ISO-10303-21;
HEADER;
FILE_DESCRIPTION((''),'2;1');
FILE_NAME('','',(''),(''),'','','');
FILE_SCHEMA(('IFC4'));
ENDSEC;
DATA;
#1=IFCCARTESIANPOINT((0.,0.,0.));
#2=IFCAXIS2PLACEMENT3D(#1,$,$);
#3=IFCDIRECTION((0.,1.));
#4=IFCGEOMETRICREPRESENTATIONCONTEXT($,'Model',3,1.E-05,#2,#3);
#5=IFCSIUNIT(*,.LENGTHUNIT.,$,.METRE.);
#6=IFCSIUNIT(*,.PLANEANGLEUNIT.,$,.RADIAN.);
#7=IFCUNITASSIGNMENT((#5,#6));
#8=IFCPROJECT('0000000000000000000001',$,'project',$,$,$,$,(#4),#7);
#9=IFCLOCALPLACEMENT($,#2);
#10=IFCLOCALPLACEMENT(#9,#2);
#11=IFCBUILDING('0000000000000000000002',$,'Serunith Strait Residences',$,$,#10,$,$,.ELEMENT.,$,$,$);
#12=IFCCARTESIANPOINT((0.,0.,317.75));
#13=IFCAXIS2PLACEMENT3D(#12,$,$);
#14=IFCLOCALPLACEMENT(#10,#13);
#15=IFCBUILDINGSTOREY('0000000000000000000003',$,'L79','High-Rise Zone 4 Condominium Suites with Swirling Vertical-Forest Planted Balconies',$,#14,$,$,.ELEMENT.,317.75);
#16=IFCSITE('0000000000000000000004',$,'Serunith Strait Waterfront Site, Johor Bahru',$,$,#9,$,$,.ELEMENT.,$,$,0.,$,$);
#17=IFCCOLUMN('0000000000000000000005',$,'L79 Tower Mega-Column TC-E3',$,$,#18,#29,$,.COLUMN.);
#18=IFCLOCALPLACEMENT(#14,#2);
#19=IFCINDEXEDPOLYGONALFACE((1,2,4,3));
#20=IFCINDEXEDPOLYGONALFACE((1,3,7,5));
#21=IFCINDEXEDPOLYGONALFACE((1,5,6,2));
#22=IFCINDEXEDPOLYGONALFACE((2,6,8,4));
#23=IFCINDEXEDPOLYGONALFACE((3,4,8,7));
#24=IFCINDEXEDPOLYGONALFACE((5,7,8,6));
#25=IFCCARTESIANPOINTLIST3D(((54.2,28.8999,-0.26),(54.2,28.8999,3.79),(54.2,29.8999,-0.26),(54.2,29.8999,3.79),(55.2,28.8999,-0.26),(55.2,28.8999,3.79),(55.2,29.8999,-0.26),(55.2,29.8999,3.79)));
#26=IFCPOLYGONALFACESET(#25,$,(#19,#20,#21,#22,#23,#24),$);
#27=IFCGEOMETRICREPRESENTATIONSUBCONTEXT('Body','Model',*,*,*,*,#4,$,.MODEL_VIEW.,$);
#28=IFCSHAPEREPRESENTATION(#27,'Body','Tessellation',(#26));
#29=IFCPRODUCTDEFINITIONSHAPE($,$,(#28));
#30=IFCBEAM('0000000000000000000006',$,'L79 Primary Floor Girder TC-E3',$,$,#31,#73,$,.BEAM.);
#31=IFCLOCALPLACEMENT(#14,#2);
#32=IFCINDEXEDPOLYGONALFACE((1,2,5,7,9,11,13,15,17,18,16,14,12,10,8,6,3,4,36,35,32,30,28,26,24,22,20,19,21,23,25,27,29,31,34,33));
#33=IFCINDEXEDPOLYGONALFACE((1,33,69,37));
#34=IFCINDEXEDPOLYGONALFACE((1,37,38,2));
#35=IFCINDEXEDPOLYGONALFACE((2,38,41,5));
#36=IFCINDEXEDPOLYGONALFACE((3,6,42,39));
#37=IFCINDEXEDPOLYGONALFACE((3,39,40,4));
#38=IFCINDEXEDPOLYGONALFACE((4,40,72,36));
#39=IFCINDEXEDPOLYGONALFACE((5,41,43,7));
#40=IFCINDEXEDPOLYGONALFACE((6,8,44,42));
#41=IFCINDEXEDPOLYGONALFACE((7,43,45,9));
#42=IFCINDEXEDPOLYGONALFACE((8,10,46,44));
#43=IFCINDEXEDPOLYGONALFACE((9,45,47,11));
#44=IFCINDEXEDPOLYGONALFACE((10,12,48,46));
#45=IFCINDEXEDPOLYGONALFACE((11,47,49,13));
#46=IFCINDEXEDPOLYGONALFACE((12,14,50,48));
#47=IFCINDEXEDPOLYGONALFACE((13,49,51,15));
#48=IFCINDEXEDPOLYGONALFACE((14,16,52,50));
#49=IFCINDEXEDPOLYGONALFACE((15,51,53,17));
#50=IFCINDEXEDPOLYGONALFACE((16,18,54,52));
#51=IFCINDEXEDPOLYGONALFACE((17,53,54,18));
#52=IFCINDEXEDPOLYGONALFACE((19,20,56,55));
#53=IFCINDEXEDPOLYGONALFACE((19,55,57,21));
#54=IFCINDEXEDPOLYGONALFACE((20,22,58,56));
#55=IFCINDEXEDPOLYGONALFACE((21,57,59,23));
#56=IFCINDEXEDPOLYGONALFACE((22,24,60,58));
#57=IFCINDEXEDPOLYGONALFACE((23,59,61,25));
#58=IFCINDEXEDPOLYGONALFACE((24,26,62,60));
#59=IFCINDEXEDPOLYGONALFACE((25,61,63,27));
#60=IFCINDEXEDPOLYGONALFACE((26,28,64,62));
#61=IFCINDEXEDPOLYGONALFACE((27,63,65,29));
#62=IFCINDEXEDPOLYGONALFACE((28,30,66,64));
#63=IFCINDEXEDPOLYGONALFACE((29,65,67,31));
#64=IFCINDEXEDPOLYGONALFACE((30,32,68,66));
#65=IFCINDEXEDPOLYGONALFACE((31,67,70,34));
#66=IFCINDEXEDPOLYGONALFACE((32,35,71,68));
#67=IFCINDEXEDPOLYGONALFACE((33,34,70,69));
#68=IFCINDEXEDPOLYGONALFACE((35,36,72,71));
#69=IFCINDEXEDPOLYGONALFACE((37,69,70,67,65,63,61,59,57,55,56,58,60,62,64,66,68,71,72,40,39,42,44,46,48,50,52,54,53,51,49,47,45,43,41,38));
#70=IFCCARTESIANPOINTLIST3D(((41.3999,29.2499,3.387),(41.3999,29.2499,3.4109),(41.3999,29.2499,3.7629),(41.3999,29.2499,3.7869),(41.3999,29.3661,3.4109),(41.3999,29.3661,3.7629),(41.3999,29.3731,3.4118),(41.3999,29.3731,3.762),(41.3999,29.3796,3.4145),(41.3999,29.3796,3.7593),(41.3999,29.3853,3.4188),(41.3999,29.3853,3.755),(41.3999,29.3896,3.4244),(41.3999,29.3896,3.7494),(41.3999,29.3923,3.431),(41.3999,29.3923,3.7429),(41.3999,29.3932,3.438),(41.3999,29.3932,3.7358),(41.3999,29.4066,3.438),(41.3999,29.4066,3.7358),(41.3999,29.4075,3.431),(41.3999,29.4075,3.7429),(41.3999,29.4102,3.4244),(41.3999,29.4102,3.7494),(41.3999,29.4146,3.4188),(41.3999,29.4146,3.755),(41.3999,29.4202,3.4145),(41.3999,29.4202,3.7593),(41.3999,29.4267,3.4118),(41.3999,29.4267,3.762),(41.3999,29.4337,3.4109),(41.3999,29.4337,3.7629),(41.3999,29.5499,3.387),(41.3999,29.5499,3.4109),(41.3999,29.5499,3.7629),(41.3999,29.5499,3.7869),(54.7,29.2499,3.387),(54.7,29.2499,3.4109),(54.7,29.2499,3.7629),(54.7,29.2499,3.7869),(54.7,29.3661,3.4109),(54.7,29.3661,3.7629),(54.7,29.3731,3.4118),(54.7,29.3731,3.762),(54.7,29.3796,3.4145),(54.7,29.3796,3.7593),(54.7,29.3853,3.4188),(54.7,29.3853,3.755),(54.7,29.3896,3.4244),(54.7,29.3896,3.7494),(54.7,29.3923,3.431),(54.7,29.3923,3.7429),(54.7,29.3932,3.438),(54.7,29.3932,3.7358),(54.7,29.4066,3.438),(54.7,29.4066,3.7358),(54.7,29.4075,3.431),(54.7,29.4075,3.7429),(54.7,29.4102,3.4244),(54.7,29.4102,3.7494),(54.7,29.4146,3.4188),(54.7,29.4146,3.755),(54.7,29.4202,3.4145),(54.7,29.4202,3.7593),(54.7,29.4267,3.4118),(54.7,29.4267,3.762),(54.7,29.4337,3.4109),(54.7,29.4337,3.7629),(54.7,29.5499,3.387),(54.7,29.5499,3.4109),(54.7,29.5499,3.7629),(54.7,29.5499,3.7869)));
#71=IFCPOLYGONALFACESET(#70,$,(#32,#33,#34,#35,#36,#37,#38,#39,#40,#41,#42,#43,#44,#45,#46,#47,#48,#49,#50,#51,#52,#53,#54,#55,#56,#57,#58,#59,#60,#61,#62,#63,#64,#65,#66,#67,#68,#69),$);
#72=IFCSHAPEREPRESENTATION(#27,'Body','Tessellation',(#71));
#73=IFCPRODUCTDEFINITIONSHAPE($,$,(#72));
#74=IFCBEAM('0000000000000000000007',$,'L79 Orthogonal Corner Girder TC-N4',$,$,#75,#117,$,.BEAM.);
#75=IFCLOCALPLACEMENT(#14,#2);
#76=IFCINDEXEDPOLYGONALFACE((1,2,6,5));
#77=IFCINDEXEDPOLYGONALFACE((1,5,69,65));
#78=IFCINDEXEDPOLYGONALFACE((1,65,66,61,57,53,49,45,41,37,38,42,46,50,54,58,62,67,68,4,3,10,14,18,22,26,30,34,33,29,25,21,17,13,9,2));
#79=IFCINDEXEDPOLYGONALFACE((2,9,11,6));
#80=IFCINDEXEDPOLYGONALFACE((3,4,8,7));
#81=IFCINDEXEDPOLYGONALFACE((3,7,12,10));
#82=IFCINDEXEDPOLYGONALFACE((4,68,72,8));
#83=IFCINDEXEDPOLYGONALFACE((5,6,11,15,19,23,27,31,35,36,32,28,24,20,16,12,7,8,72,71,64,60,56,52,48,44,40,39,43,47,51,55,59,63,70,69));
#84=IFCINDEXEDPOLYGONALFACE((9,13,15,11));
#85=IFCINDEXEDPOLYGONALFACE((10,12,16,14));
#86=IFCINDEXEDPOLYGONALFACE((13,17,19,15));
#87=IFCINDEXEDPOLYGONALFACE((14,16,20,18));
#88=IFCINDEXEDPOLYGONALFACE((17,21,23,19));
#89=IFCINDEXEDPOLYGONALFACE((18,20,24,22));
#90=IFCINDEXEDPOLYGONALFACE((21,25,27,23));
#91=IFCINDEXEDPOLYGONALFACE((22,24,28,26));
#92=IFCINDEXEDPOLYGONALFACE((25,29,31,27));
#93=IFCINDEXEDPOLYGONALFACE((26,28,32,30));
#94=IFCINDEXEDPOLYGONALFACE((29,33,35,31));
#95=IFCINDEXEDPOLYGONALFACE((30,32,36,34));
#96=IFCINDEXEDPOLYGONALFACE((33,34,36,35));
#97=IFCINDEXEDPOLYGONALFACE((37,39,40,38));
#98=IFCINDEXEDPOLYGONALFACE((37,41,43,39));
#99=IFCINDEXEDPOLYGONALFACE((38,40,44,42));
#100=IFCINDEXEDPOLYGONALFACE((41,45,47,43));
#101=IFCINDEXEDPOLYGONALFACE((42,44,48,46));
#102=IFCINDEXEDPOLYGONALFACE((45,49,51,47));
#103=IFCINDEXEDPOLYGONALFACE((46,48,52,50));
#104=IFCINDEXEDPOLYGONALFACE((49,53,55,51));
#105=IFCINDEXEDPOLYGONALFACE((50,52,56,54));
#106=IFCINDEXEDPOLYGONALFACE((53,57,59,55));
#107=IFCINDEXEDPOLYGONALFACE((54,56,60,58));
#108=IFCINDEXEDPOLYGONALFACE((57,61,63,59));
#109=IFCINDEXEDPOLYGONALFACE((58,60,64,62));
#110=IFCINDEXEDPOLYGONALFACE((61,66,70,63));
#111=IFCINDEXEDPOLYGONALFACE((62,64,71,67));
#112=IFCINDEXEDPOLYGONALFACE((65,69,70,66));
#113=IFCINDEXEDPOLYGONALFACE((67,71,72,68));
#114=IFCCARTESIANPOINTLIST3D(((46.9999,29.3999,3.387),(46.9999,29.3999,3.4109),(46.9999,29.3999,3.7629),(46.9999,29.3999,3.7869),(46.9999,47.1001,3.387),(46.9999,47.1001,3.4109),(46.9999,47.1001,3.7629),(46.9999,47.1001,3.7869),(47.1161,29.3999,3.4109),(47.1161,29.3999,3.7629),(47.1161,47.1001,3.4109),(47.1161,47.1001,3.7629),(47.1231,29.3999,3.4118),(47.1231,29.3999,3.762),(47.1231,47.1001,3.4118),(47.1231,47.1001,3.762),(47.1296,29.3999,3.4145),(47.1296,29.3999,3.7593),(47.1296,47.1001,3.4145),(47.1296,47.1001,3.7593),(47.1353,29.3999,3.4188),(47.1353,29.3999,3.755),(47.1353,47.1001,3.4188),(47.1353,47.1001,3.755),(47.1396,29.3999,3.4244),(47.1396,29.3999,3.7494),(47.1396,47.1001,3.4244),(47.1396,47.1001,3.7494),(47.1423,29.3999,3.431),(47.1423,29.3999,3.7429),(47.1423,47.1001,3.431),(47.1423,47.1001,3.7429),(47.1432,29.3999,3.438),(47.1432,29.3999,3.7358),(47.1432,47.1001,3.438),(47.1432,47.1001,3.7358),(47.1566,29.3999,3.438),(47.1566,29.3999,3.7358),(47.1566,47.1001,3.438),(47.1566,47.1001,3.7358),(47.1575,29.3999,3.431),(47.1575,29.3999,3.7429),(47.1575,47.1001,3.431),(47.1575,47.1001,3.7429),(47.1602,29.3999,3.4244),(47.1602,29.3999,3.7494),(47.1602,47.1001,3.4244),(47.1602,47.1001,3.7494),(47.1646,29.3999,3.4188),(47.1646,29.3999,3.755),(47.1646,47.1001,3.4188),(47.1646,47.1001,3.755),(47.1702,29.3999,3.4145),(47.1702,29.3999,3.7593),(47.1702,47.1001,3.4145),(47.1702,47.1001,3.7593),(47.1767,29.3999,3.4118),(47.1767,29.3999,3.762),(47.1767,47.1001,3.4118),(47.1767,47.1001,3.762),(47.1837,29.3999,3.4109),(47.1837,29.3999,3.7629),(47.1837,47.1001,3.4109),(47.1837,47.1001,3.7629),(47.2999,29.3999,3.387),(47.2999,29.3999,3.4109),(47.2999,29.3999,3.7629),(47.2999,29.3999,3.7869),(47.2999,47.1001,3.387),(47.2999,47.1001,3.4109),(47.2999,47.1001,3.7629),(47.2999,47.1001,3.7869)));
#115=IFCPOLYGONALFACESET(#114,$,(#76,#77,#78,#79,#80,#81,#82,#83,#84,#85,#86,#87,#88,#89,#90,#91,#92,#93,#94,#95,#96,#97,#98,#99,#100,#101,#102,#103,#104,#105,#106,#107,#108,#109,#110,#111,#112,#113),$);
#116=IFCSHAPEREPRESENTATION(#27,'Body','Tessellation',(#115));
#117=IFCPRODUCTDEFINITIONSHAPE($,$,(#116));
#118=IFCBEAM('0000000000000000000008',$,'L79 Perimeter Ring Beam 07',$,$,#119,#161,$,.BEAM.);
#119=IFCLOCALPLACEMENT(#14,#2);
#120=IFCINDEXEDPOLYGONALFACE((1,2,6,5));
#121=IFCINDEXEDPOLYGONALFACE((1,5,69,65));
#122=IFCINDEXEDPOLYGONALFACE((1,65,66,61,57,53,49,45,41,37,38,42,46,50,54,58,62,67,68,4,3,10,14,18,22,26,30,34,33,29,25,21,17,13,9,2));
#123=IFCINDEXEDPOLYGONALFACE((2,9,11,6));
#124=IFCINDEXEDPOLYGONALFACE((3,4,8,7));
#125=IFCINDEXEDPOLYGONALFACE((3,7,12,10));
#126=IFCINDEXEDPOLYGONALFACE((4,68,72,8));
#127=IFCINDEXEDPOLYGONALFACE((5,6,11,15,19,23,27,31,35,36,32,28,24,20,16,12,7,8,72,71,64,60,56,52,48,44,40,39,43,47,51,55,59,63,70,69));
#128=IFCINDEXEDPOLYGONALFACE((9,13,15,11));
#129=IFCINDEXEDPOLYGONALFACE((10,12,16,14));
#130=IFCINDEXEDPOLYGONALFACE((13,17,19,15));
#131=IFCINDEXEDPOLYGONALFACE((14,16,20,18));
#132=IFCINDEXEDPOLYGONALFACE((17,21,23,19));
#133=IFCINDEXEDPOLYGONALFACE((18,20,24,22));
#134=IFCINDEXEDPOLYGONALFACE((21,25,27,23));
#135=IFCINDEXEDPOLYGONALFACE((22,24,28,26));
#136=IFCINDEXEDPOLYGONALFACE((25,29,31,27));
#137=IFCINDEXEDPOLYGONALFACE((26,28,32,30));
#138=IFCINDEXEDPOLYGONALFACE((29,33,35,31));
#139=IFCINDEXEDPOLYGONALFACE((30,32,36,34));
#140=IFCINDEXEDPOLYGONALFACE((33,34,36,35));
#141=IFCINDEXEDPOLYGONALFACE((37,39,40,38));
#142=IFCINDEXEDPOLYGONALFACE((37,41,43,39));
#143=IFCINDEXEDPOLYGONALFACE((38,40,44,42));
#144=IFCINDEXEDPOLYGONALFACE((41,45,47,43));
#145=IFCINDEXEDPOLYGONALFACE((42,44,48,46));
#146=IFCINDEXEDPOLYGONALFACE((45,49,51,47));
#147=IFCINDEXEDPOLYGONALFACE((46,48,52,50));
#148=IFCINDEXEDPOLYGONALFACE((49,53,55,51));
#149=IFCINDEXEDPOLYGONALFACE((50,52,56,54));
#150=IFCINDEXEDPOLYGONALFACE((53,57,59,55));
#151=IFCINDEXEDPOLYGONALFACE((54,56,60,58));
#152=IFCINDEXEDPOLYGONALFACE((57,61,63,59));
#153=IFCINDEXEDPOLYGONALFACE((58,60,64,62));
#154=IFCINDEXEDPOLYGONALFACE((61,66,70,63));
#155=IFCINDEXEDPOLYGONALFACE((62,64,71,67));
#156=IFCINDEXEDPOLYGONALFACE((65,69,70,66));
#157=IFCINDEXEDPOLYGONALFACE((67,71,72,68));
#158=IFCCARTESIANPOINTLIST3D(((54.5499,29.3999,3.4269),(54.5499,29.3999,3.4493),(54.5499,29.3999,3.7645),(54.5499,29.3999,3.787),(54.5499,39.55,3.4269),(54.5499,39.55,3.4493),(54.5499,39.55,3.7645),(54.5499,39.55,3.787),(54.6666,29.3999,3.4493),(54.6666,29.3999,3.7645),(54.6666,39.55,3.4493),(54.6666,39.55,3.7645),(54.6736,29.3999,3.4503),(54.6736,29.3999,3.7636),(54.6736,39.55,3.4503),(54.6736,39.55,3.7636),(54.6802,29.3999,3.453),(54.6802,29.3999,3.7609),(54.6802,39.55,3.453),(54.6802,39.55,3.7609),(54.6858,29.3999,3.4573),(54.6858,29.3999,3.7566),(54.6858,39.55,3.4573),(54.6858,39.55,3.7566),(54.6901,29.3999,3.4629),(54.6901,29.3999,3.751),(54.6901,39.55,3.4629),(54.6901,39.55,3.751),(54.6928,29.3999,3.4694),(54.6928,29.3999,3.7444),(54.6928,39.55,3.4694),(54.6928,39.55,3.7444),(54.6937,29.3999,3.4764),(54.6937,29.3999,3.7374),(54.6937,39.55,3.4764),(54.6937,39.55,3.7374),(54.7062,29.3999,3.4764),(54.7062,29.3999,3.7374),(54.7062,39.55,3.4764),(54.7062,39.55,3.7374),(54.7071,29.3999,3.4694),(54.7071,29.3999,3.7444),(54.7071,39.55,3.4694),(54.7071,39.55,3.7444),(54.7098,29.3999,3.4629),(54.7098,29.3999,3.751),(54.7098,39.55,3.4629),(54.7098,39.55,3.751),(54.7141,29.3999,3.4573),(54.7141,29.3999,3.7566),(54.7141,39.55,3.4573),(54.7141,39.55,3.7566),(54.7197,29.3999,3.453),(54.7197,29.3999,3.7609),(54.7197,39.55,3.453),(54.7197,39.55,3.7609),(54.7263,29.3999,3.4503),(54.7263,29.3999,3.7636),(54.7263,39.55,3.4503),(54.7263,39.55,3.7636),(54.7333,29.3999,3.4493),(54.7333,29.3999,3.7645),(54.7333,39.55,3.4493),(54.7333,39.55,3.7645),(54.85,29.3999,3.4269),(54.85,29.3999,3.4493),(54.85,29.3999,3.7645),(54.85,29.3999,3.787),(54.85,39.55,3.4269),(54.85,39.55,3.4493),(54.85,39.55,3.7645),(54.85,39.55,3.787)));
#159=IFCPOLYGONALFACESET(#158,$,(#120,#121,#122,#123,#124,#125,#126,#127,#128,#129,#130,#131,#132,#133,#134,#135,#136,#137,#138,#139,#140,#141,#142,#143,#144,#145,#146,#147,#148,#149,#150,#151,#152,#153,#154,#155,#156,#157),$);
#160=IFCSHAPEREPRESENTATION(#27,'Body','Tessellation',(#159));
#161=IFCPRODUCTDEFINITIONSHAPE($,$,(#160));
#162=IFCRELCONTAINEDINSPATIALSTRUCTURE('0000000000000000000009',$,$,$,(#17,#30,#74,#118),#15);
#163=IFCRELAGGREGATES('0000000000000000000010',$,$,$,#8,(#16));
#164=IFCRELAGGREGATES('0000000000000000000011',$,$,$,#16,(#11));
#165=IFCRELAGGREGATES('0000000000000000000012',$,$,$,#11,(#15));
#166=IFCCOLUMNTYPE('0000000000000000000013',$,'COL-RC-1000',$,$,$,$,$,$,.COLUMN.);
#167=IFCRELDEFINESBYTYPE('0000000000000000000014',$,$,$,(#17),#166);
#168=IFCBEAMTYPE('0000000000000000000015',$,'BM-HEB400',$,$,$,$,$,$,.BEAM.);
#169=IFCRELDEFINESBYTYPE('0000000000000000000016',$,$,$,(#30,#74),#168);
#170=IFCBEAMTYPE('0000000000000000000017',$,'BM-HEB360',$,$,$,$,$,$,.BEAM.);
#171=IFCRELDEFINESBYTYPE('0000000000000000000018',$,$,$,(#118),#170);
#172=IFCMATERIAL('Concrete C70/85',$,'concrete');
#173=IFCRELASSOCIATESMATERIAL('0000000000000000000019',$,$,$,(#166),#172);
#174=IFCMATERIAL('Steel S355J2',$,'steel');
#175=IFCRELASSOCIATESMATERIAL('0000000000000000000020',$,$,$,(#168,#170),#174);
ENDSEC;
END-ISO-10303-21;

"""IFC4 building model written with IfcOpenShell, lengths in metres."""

from ifc_helpers import new_model, si_unit, direction, frame, origin, origin_2d, place, context, subcontext, project, spatial, rectangle, i_section, extrude, source, transform, mapped, material, material_profile, profile_set, type_object, element, save


model = new_model("IFC4")

# Units and contexts
model_context = context("Model", 3, precision=1e-05, world=origin(), true_north=direction((0.0, 1.0)))
body_context = subcontext(model_context, "Body", "Model", "MODEL_VIEW")
ifc_project = project(units=[si_unit("LENGTHUNIT", "METRE"), si_unit("PLANEANGLEUNIT", "RADIAN")], contexts=[model_context])

# Site, building, storey
site_placement = place(None, origin())
site = spatial("IfcSite", under=ifc_project, at=site_placement, Name="Serunith Strait Waterfront Site, Johor Bahru", CompositionType="ELEMENT", RefElevation=0.0)
building_placement = place(site_placement, origin())
building = spatial("IfcBuilding", under=site, at=building_placement, Name="Serunith Strait Residences", CompositionType="ELEMENT")
storey_placement = place(building_placement, frame((0.0, 0.0, 317.75)))
storey = spatial("IfcBuildingStorey", under=building, at=storey_placement, Name="L79", Description="High-Rise Zone 4 Condominium Suites with Swirling Vertical-Forest Planted Balconies", CompositionType="ELEMENT", Elevation=317.75)

# Column
ifc_material_1 = material(Name="Concrete C70/85", Category="concrete")
ifc_material_profile_1 = material_profile(ifc_material_1, rectangle(XDim=1.0, YDim=1.0, at=origin_2d()), Name="RC 1000x1000")
ifc_profile_set_1 = profile_set([ifc_material_profile_1], Name="Concrete C70/85")
column_type = type_object("IfcColumnType", Name="COL-RC-1000", PredefinedType="COLUMN", material=ifc_profile_set_1)
shared_shape_1 = source(origin(), body_context, "Body", "SweptSolid", [
    extrude(rectangle(XDim=1.0, YDim=1.0, at=origin_2d()), origin(), (0.0, 0.0, 1.0), 4.05),
])
column_placement = place(storey_placement, frame((54.7, 29.3999, -0.26), z_axis=(0.0, 0.0, 1.0), x_axis=(1.0, 0.0, 0.0)))
element("IfcColumn", 1, at=column_placement, inside=storey, type_object=column_type, Name="L79 Tower Mega-Column TC-E3", PredefinedType="COLUMN", context=body_context, shape_type="MappedRepresentation", body=[
    mapped(shared_shape_1, transform((0.0, 0.0, 0.0), scale=1.0)),
])

# Beams
ifc_material_2 = material(Name="Steel S355J2", Category="steel")
ifc_material_profile_2 = material_profile(ifc_material_2, i_section(OverallWidth=0.3, OverallDepth=0.3999, WebThickness=0.0134, FlangeThickness=0.0239, FilletRadius=0.0271, at=origin_2d()), Name="HEB 400")
ifc_profile_set_2 = profile_set([ifc_material_profile_2], Name="Steel S355J2")
beam_type_1 = type_object("IfcBeamType", Name="BM-HEB400", PredefinedType="BEAM", material=ifc_profile_set_2)
shared_shape_2 = source(origin(), body_context, "Body", "SweptSolid", [
    extrude(i_section(OverallWidth=0.3, OverallDepth=0.3999, WebThickness=0.0134, FlangeThickness=0.0239, FilletRadius=0.0271, at=origin_2d()), origin(), (0.0, 0.0, 1.0), 13.3),
])
beam_1_placement = place(storey_placement, frame((41.3999, 29.3999, 3.5869), z_axis=(1.0, 0.0, 0.0), x_axis=(0.0, 1.0, 0.0)))
element("IfcBeam", 2, at=beam_1_placement, inside=storey, type_object=beam_type_1, Name="L79 Primary Floor Girder TC-E3", PredefinedType="BEAM", context=body_context, shape_type="MappedRepresentation", body=[
    mapped(shared_shape_2, transform((0.0, 0.0, 0.0), scale=1.0)),
])
shared_shape_3 = source(origin(), body_context, "Body", "SweptSolid", [
    extrude(i_section(OverallWidth=0.3, OverallDepth=0.3999, WebThickness=0.0134, FlangeThickness=0.0239, FilletRadius=0.0271, at=origin_2d()), origin(), (0.0, 0.0, 1.0), 17.7002),
])
beam_2_placement = place(storey_placement, frame((47.1499, 29.3999, 3.5869), z_axis=(0.0, 1.0, 0.0), x_axis=(-1.0, 0.0, 0.0)))
element("IfcBeam", 3, at=beam_2_placement, inside=storey, type_object=beam_type_1, Name="L79 Orthogonal Corner Girder TC-N4", PredefinedType="BEAM", context=body_context, shape_type="MappedRepresentation", body=[
    mapped(shared_shape_3, transform((0.0, 0.0, 0.0), scale=1.0)),
])
ifc_material_profile_3 = material_profile(ifc_material_2, i_section(OverallWidth=0.3, OverallDepth=0.3601, WebThickness=0.0125, FlangeThickness=0.0225, FilletRadius=0.0271, at=origin_2d()), Name="HEB 360")
ifc_profile_set_3 = profile_set([ifc_material_profile_3], Name="Steel S355J2")
beam_type_2 = type_object("IfcBeamType", Name="BM-HEB360", PredefinedType="BEAM", material=ifc_profile_set_3)
shared_shape_4 = source(origin(), body_context, "Body", "SweptSolid", [
    extrude(i_section(OverallWidth=0.3, OverallDepth=0.3601, WebThickness=0.0125, FlangeThickness=0.0225, FilletRadius=0.0271, at=origin_2d()), origin(), (0.0, 0.0, 1.0), 10.1501),
])
beam_3_placement = place(storey_placement, frame((54.7, 29.3999, 3.6069), z_axis=(0.0, 1.0, 0.0), x_axis=(-1.0, 0.0, 0.0)))
element("IfcBeam", 4, at=beam_3_placement, inside=storey, type_object=beam_type_2, Name="L79 Perimeter Ring Beam 07", PredefinedType="BEAM", context=body_context, shape_type="MappedRepresentation", body=[
    mapped(shared_shape_4, transform((0.0, 0.0, 0.0), scale=1.0)),
])

save(model, "model.ifc")
